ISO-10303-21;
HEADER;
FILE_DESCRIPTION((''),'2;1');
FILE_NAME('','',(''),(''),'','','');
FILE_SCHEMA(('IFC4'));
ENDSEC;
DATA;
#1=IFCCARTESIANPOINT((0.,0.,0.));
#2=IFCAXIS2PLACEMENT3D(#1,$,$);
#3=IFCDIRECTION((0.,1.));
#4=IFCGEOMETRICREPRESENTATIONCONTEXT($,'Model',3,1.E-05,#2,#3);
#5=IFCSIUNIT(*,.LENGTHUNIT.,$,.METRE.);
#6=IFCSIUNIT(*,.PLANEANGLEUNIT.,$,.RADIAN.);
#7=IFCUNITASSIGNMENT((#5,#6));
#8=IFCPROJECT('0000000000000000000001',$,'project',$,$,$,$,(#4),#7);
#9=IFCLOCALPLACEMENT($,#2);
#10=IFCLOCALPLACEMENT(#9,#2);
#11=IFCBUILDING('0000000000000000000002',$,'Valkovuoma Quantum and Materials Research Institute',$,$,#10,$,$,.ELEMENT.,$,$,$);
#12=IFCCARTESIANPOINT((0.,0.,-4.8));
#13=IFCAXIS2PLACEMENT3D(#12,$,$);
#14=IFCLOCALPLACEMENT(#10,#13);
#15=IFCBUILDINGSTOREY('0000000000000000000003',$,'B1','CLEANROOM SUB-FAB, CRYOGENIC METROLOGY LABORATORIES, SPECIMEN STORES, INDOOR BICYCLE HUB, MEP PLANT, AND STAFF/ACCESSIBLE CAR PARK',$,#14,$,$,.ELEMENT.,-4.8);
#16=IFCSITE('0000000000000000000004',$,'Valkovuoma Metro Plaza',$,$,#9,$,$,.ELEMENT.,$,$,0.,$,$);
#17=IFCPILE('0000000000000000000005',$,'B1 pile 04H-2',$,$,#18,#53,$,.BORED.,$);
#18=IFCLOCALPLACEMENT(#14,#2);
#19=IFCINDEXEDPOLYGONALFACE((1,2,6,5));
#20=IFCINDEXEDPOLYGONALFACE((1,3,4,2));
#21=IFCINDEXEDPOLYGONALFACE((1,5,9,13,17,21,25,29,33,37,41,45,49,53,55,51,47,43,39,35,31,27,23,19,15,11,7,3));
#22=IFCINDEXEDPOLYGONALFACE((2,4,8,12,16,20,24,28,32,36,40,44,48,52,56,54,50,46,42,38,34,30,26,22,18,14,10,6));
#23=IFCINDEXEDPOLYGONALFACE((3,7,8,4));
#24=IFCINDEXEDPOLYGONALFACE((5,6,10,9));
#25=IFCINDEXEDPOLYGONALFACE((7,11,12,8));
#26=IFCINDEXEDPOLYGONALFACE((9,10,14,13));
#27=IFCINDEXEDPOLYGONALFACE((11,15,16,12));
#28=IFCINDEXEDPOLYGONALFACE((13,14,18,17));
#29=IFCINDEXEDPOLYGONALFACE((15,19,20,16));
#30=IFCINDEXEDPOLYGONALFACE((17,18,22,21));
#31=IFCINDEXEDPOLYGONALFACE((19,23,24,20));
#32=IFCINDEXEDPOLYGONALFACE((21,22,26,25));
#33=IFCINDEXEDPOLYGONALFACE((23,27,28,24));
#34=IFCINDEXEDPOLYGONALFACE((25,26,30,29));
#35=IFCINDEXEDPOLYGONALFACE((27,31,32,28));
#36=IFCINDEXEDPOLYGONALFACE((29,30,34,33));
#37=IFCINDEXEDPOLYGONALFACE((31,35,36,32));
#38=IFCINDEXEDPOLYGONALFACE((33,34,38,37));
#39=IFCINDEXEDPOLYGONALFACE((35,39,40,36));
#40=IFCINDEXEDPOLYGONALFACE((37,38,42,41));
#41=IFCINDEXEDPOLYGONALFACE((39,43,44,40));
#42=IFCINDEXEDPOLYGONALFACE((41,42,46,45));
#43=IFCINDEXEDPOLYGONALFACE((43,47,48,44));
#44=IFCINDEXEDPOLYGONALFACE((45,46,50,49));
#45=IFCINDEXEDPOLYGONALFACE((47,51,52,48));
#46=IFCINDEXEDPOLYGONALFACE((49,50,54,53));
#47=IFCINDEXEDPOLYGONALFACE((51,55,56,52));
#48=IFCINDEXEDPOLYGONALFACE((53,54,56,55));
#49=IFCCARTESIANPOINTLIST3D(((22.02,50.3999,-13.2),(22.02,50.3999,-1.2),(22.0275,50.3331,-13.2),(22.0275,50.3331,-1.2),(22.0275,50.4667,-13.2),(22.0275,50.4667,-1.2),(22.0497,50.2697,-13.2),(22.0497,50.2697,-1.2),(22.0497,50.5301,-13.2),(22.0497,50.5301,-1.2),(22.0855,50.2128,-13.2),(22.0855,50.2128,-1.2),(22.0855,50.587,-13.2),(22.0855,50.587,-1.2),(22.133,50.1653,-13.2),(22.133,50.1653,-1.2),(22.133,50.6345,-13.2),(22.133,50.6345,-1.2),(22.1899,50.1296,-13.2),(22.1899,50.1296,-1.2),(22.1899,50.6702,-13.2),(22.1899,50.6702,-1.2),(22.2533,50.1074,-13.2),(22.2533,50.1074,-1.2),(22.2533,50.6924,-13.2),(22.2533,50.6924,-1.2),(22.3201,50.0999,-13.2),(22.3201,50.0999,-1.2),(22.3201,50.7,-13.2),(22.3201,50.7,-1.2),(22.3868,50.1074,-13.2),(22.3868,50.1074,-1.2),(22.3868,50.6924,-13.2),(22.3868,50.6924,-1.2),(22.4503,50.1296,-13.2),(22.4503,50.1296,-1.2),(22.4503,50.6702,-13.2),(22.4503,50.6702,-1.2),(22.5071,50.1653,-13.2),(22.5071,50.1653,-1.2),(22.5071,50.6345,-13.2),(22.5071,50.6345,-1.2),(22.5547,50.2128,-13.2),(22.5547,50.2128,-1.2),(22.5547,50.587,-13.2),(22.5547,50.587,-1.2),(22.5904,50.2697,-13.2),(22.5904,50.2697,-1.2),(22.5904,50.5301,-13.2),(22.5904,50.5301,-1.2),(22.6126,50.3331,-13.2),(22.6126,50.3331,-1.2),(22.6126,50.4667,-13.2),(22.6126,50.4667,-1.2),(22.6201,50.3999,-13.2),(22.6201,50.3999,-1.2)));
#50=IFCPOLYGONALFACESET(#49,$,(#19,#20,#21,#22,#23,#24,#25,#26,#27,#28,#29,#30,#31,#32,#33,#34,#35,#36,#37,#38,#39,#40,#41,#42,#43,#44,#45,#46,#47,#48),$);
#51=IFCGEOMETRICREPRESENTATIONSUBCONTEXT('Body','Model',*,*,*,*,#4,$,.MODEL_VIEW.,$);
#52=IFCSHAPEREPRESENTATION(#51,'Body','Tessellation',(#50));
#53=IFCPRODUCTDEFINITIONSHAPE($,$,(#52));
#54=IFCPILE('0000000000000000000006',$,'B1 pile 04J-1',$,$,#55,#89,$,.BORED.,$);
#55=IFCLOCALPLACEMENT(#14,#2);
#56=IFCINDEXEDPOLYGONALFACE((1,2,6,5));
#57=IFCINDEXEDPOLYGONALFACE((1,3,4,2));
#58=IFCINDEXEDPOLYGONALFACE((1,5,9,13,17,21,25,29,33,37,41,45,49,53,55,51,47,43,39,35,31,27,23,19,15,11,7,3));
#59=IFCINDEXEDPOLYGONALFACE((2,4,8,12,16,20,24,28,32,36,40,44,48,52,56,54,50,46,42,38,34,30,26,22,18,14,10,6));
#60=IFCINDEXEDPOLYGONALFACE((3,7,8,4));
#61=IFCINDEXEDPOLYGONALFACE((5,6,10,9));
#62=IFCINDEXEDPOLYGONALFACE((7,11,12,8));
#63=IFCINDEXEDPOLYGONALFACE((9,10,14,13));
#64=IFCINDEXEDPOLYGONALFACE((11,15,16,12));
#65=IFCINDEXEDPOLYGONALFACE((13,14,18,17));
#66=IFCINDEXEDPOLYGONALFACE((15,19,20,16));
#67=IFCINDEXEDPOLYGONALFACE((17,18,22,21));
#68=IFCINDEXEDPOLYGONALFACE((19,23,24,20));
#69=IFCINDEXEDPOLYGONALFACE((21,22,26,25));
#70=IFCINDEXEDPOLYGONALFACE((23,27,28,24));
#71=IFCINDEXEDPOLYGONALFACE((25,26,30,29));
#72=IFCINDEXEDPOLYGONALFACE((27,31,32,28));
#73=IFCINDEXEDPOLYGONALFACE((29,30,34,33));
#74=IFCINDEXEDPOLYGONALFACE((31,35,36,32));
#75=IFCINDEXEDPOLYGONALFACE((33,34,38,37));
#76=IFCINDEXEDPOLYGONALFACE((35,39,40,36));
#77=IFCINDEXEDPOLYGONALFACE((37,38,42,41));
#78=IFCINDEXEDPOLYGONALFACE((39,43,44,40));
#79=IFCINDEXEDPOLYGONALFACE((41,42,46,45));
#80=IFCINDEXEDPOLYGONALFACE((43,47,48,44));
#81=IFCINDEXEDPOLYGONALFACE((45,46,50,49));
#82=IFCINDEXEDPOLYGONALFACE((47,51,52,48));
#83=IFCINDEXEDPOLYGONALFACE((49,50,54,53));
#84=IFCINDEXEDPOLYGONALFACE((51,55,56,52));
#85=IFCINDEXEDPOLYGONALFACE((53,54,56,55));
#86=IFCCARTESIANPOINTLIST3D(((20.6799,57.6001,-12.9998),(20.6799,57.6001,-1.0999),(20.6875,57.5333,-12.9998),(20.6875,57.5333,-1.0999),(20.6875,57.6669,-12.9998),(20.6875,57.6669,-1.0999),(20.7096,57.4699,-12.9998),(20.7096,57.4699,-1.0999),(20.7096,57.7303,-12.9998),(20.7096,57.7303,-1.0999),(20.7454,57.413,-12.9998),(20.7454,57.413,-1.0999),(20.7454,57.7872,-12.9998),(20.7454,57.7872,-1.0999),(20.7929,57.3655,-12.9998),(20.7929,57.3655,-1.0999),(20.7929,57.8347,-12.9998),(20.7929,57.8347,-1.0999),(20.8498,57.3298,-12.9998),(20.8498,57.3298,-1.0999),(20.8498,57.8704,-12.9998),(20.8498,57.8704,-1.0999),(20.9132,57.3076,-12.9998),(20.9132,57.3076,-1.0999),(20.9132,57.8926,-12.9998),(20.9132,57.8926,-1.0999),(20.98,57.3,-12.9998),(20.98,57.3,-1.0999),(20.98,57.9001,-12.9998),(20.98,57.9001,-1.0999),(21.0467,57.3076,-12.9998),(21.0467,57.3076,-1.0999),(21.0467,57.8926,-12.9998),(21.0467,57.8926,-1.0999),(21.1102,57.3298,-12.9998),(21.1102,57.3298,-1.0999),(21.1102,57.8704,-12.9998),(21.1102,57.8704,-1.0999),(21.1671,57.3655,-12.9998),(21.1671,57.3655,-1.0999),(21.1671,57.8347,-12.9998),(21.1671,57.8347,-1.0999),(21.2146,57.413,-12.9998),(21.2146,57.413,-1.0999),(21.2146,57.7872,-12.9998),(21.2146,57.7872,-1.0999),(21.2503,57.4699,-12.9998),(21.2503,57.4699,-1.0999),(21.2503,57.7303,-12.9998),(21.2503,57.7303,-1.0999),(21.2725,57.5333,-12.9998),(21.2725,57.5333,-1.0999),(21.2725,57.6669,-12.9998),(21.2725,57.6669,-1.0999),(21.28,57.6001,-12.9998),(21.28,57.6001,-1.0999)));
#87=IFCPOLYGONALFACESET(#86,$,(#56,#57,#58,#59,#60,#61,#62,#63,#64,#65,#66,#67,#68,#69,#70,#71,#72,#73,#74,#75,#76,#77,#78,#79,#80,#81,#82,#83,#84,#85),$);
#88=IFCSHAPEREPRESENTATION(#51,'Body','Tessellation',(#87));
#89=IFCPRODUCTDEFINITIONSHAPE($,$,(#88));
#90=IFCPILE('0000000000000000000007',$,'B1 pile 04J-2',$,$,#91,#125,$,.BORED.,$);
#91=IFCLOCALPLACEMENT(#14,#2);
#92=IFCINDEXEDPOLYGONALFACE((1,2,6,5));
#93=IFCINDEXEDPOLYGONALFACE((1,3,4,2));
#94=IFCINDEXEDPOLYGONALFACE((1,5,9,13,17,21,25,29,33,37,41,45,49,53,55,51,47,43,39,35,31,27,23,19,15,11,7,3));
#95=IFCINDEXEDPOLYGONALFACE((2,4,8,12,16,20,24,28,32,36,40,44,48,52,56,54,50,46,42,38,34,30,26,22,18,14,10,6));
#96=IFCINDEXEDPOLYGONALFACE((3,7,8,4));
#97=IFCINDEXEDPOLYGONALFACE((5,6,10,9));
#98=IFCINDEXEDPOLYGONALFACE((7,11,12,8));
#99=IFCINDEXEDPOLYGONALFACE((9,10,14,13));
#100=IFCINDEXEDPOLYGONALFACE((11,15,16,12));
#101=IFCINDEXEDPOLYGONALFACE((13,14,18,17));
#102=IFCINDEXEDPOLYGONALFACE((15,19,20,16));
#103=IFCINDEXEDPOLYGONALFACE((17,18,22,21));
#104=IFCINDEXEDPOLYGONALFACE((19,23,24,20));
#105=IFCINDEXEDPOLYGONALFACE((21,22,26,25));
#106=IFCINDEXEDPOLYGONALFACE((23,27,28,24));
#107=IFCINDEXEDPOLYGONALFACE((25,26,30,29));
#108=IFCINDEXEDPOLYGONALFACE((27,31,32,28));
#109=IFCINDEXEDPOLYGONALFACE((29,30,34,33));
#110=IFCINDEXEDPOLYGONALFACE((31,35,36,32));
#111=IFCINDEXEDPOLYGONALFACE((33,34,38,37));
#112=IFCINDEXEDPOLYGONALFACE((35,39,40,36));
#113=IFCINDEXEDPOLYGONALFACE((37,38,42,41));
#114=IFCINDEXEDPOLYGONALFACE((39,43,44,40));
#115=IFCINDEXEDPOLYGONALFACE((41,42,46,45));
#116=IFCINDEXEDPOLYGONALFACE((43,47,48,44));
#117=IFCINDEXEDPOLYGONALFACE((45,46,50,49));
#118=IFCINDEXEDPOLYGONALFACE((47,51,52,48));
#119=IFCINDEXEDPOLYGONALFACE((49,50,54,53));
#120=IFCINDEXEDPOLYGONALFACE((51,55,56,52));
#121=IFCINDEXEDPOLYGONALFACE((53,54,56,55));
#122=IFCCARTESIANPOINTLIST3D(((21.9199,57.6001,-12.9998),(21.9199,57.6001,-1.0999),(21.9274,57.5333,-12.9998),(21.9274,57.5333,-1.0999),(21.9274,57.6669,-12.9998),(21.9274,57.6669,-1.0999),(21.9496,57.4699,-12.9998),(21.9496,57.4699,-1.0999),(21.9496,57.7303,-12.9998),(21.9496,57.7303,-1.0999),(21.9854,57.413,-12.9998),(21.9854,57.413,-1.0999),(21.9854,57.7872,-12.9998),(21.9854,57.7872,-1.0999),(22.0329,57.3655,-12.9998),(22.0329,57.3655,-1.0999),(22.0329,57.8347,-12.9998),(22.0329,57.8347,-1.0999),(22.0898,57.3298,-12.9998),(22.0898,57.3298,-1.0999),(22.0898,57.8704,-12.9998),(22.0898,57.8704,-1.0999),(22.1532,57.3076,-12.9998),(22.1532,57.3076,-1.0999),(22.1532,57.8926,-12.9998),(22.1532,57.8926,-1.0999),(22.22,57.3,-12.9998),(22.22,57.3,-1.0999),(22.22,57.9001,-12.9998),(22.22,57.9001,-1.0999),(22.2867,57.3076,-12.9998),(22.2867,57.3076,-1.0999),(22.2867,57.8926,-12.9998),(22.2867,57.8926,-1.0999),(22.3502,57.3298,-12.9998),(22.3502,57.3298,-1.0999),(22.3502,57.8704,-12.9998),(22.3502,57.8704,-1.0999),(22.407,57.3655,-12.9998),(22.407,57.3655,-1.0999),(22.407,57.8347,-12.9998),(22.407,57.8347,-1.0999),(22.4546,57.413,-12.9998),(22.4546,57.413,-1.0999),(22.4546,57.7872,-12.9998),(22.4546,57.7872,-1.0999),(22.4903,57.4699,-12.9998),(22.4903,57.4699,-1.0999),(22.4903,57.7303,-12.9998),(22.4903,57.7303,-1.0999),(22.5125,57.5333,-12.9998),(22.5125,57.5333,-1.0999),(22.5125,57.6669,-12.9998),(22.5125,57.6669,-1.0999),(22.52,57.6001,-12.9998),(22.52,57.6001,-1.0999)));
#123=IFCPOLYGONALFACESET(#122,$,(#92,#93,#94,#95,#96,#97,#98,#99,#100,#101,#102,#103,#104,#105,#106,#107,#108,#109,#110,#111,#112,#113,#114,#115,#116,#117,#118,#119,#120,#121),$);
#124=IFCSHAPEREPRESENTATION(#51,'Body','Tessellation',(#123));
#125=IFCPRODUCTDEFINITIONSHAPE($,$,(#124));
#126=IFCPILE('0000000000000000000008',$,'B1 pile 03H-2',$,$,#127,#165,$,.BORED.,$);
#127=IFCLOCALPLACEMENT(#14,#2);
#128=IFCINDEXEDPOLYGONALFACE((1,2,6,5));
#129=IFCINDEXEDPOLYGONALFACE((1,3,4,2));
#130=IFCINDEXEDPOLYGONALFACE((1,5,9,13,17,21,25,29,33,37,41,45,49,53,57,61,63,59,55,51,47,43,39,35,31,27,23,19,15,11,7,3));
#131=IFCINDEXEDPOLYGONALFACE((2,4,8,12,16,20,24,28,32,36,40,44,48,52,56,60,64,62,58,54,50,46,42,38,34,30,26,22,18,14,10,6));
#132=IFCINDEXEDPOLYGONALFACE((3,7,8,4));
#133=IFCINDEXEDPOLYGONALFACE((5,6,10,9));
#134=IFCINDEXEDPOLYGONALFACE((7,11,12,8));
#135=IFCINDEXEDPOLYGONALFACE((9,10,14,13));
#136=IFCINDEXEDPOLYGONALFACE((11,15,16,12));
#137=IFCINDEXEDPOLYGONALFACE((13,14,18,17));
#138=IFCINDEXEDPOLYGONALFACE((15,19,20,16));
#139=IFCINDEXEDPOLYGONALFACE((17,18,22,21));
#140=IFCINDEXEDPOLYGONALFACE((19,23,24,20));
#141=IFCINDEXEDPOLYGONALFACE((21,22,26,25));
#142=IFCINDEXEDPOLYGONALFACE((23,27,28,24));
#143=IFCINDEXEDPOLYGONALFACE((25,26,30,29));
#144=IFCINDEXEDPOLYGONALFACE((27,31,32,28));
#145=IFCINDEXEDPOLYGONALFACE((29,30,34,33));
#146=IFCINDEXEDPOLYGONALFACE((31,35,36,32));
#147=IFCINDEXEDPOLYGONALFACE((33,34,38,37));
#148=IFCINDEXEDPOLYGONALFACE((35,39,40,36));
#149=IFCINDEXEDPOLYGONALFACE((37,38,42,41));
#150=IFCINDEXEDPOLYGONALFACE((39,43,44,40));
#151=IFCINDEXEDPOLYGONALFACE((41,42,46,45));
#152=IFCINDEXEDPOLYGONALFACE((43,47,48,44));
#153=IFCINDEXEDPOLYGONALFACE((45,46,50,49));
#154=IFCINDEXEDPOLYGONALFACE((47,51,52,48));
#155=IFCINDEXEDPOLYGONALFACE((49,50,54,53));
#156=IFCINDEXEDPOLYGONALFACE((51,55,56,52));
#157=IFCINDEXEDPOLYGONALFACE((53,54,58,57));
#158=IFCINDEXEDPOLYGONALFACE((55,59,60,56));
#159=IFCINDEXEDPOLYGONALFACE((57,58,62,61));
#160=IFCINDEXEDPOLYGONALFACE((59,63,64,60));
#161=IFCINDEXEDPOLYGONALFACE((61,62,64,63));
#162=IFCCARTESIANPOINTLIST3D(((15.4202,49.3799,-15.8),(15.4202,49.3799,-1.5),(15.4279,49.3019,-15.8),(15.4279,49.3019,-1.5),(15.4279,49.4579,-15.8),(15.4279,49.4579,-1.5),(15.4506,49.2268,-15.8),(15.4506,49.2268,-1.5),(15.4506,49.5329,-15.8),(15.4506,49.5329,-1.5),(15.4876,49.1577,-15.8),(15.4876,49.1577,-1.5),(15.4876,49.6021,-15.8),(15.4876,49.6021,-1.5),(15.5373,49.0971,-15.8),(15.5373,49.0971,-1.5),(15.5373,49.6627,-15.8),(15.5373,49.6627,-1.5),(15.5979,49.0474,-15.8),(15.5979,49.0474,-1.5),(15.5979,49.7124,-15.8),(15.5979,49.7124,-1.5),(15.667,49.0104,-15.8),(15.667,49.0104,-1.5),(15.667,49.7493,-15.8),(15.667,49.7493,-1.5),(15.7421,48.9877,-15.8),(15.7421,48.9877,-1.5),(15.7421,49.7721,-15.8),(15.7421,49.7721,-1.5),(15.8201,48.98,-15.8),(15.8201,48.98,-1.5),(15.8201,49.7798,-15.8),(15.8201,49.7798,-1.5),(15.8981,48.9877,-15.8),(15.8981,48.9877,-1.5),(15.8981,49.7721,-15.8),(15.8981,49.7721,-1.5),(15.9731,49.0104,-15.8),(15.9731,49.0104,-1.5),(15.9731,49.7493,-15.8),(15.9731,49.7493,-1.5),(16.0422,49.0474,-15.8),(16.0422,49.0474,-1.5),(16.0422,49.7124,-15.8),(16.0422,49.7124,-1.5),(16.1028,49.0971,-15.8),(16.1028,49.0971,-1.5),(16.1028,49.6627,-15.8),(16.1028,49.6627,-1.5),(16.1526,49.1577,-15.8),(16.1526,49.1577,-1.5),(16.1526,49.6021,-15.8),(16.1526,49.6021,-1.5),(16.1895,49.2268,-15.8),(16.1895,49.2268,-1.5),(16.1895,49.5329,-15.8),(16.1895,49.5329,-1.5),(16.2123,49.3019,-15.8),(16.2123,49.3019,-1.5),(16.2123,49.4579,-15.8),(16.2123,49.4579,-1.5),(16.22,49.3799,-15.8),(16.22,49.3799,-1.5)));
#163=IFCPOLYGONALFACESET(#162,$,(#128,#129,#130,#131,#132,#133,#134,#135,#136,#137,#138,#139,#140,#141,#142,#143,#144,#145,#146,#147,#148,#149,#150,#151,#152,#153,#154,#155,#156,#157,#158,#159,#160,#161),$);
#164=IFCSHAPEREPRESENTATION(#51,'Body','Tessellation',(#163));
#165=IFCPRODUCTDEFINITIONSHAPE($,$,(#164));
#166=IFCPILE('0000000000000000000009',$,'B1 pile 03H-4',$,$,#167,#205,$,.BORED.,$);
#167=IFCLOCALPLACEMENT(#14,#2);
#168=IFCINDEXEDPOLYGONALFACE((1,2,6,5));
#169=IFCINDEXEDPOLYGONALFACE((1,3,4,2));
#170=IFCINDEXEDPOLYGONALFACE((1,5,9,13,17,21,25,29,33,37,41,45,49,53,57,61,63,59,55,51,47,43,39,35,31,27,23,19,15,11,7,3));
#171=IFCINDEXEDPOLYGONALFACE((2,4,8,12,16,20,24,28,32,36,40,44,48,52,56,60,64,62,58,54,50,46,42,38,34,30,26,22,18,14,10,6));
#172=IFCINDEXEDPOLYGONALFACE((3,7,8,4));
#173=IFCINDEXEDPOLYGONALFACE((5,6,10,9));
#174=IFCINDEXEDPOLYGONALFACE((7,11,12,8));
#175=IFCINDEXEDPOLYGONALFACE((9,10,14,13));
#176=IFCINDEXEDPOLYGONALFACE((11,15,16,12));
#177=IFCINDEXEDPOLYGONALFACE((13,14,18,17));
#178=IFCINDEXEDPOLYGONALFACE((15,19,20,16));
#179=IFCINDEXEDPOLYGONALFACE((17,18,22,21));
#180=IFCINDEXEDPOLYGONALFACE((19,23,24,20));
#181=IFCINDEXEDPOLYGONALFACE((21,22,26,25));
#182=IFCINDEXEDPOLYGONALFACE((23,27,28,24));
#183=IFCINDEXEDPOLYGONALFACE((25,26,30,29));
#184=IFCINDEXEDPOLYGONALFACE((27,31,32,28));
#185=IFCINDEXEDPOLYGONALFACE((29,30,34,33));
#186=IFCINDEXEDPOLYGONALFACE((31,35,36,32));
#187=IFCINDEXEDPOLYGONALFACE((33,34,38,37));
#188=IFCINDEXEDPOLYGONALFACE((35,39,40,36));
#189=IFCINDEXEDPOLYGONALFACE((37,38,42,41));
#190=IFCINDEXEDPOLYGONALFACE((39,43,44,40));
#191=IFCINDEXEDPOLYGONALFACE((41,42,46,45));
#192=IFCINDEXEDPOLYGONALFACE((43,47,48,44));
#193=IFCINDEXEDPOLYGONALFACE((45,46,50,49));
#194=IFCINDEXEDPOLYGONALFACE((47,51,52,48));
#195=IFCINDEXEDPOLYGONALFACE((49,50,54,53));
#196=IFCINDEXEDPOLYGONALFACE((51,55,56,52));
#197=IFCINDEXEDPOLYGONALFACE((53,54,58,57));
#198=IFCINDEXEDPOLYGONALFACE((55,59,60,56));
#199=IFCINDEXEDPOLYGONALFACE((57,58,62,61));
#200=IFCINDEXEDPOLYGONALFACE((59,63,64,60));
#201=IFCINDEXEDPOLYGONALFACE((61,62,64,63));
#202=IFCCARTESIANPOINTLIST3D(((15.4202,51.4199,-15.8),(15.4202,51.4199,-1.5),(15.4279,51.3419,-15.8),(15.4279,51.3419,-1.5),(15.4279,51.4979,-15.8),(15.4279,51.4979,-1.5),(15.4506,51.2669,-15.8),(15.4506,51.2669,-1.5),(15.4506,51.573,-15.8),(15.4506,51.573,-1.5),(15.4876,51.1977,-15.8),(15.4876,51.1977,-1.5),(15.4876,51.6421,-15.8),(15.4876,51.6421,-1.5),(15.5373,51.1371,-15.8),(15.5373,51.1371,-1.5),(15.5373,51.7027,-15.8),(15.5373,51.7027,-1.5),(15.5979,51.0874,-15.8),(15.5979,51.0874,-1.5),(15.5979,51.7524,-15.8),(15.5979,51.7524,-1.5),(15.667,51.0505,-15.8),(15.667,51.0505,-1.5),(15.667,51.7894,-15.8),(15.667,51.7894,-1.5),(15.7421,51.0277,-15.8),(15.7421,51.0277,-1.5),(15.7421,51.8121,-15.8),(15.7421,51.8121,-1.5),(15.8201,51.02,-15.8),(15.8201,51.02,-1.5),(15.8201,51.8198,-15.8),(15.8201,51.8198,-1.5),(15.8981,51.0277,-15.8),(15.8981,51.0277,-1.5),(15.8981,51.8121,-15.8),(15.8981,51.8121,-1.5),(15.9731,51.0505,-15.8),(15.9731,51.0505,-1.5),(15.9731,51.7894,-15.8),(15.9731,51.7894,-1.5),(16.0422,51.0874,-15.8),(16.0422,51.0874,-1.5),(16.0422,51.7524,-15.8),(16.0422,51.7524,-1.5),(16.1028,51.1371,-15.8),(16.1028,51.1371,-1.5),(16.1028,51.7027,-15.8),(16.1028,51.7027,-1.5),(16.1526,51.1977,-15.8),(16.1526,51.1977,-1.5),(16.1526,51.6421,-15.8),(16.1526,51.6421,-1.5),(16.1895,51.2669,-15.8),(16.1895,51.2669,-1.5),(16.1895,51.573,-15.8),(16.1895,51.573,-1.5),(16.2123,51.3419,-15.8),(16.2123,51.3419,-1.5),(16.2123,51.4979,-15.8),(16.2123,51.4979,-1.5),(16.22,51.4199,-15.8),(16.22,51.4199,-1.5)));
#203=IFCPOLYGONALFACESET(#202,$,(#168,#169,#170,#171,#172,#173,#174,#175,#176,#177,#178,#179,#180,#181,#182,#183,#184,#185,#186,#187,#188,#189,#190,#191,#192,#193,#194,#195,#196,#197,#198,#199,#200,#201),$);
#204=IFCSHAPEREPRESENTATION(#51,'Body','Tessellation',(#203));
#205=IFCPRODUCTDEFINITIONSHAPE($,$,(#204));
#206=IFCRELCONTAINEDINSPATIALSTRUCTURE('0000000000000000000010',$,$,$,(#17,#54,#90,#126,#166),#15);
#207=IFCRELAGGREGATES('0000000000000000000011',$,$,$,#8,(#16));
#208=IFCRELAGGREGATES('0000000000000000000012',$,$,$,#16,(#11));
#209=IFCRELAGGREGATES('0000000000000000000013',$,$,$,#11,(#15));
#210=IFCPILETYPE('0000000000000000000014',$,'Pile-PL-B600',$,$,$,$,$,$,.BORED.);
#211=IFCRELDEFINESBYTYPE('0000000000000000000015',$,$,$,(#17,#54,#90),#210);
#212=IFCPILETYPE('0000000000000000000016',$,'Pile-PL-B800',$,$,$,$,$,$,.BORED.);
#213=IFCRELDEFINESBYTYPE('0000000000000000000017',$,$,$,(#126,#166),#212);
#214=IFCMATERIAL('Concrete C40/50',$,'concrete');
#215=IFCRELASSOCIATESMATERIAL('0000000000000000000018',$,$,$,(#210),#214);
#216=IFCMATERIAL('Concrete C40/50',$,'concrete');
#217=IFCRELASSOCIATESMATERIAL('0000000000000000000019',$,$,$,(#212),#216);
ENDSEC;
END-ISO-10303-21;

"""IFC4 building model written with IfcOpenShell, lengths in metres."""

from ifc_helpers import new_model, si_unit, direction, frame, origin, origin_2d, place, context, subcontext, project, spatial, circle, extrude, material, material_profile, profile_set, type_object, element, save


model = new_model("IFC4")

# Units and contexts
model_context = context("Model", 3, precision=1e-05, world=origin(), true_north=direction((0.0, 1.0)))
body_context = subcontext(model_context, "Body", "Model", "MODEL_VIEW")
ifc_project = project(units=[si_unit("LENGTHUNIT", "METRE"), si_unit("PLANEANGLEUNIT", "RADIAN")], contexts=[model_context])

# Site, building, storey
site_placement = place(None, origin())
site = spatial("IfcSite", under=ifc_project, at=site_placement, Name="Valkovuoma Metro Plaza", CompositionType="ELEMENT", RefElevation=0.0)
building_placement = place(site_placement, origin())
building = spatial("IfcBuilding", under=site, at=building_placement, Name="Valkovuoma Quantum and Materials Research Institute", CompositionType="ELEMENT")
storey_placement = place(building_placement, frame((0.0, 0.0, -4.8)))
storey = spatial("IfcBuildingStorey", under=building, at=storey_placement, Name="B1", Description="CLEANROOM SUB-FAB, CRYOGENIC METROLOGY LABORATORIES, SPECIMEN STORES, INDOOR BICYCLE HUB, MEP PLANT, AND STAFF/ACCESSIBLE CAR PARK", CompositionType="ELEMENT", Elevation=-4.8)

# Piles
ifc_material_1 = material(Name="Concrete C40/50", Category="concrete")
ifc_material_profile_1 = material_profile(ifc_material_1, circle(Radius=0.3, at=origin_2d()), Name="Concrete C40/50")
ifc_profile_set_1 = profile_set([ifc_material_profile_1], Name="Concrete C40/50")
pile_type_1 = type_object("IfcPileType", Name="Pile-PL-B600", PredefinedType="BORED", material=ifc_profile_set_1)
for number, where, z_axis, x_axis, name in (
    (1, (22.3201, 50.3999, -1.2), (0.0, 0.0, -1.0), (1.0, 0.0, 0.0), "B1 pile 04H-2"),
):
    element("IfcPile", number, at=place(storey_placement, frame(where, z_axis=z_axis, x_axis=x_axis)), inside=storey, type_object=pile_type_1, Name=name, PredefinedType="BORED", context=body_context, shape_type="SweptSolid", body=[
        extrude(circle(Radius=0.3, at=origin_2d()), origin(), (0.0, 0.0, 1.0), 12.0),
    ])
for number, where, z_axis, x_axis, name in (
    (2, (20.98, 57.6001, -1.0999), (0.0, 0.0, -1.0), (1.0, 0.0, 0.0), "B1 pile 04J-1"),
    (3, (22.22, 57.6001, -1.0999), (0.0, 0.0, -1.0), (1.0, 0.0, 0.0), "B1 pile 04J-2"),
):
    element("IfcPile", number, at=place(storey_placement, frame(where, z_axis=z_axis, x_axis=x_axis)), inside=storey, type_object=pile_type_1, Name=name, PredefinedType="BORED", context=body_context, shape_type="SweptSolid", body=[
        extrude(circle(Radius=0.3, at=origin_2d()), origin(), (0.0, 0.0, 1.0), 11.8999),
    ])
ifc_material_2 = material(Name="Concrete C40/50", Category="concrete")
ifc_material_profile_2 = material_profile(ifc_material_2, circle(Radius=0.3999, at=origin_2d()), Name="Concrete C40/50")
ifc_profile_set_2 = profile_set([ifc_material_profile_2], Name="Concrete C40/50")
pile_type_2 = type_object("IfcPileType", Name="Pile-PL-B800", PredefinedType="BORED", material=ifc_profile_set_2)
for number, where, z_axis, x_axis, name in (
    (4, (15.8201, 49.3799, -1.5), (0.0, 0.0, -1.0), (1.0, 0.0, 0.0), "B1 pile 03H-2"),
    (5, (15.8201, 51.4199, -1.5), (0.0, 0.0, -1.0), (1.0, 0.0, 0.0), "B1 pile 03H-4"),
):
    element("IfcPile", number, at=place(storey_placement, frame(where, z_axis=z_axis, x_axis=x_axis)), inside=storey, type_object=pile_type_2, Name=name, PredefinedType="BORED", context=body_context, shape_type="SweptSolid", body=[
        extrude(circle(Radius=0.3999, at=origin_2d()), origin(), (0.0, 0.0, 1.0), 14.3),
    ])

save(model, "model.ifc")
